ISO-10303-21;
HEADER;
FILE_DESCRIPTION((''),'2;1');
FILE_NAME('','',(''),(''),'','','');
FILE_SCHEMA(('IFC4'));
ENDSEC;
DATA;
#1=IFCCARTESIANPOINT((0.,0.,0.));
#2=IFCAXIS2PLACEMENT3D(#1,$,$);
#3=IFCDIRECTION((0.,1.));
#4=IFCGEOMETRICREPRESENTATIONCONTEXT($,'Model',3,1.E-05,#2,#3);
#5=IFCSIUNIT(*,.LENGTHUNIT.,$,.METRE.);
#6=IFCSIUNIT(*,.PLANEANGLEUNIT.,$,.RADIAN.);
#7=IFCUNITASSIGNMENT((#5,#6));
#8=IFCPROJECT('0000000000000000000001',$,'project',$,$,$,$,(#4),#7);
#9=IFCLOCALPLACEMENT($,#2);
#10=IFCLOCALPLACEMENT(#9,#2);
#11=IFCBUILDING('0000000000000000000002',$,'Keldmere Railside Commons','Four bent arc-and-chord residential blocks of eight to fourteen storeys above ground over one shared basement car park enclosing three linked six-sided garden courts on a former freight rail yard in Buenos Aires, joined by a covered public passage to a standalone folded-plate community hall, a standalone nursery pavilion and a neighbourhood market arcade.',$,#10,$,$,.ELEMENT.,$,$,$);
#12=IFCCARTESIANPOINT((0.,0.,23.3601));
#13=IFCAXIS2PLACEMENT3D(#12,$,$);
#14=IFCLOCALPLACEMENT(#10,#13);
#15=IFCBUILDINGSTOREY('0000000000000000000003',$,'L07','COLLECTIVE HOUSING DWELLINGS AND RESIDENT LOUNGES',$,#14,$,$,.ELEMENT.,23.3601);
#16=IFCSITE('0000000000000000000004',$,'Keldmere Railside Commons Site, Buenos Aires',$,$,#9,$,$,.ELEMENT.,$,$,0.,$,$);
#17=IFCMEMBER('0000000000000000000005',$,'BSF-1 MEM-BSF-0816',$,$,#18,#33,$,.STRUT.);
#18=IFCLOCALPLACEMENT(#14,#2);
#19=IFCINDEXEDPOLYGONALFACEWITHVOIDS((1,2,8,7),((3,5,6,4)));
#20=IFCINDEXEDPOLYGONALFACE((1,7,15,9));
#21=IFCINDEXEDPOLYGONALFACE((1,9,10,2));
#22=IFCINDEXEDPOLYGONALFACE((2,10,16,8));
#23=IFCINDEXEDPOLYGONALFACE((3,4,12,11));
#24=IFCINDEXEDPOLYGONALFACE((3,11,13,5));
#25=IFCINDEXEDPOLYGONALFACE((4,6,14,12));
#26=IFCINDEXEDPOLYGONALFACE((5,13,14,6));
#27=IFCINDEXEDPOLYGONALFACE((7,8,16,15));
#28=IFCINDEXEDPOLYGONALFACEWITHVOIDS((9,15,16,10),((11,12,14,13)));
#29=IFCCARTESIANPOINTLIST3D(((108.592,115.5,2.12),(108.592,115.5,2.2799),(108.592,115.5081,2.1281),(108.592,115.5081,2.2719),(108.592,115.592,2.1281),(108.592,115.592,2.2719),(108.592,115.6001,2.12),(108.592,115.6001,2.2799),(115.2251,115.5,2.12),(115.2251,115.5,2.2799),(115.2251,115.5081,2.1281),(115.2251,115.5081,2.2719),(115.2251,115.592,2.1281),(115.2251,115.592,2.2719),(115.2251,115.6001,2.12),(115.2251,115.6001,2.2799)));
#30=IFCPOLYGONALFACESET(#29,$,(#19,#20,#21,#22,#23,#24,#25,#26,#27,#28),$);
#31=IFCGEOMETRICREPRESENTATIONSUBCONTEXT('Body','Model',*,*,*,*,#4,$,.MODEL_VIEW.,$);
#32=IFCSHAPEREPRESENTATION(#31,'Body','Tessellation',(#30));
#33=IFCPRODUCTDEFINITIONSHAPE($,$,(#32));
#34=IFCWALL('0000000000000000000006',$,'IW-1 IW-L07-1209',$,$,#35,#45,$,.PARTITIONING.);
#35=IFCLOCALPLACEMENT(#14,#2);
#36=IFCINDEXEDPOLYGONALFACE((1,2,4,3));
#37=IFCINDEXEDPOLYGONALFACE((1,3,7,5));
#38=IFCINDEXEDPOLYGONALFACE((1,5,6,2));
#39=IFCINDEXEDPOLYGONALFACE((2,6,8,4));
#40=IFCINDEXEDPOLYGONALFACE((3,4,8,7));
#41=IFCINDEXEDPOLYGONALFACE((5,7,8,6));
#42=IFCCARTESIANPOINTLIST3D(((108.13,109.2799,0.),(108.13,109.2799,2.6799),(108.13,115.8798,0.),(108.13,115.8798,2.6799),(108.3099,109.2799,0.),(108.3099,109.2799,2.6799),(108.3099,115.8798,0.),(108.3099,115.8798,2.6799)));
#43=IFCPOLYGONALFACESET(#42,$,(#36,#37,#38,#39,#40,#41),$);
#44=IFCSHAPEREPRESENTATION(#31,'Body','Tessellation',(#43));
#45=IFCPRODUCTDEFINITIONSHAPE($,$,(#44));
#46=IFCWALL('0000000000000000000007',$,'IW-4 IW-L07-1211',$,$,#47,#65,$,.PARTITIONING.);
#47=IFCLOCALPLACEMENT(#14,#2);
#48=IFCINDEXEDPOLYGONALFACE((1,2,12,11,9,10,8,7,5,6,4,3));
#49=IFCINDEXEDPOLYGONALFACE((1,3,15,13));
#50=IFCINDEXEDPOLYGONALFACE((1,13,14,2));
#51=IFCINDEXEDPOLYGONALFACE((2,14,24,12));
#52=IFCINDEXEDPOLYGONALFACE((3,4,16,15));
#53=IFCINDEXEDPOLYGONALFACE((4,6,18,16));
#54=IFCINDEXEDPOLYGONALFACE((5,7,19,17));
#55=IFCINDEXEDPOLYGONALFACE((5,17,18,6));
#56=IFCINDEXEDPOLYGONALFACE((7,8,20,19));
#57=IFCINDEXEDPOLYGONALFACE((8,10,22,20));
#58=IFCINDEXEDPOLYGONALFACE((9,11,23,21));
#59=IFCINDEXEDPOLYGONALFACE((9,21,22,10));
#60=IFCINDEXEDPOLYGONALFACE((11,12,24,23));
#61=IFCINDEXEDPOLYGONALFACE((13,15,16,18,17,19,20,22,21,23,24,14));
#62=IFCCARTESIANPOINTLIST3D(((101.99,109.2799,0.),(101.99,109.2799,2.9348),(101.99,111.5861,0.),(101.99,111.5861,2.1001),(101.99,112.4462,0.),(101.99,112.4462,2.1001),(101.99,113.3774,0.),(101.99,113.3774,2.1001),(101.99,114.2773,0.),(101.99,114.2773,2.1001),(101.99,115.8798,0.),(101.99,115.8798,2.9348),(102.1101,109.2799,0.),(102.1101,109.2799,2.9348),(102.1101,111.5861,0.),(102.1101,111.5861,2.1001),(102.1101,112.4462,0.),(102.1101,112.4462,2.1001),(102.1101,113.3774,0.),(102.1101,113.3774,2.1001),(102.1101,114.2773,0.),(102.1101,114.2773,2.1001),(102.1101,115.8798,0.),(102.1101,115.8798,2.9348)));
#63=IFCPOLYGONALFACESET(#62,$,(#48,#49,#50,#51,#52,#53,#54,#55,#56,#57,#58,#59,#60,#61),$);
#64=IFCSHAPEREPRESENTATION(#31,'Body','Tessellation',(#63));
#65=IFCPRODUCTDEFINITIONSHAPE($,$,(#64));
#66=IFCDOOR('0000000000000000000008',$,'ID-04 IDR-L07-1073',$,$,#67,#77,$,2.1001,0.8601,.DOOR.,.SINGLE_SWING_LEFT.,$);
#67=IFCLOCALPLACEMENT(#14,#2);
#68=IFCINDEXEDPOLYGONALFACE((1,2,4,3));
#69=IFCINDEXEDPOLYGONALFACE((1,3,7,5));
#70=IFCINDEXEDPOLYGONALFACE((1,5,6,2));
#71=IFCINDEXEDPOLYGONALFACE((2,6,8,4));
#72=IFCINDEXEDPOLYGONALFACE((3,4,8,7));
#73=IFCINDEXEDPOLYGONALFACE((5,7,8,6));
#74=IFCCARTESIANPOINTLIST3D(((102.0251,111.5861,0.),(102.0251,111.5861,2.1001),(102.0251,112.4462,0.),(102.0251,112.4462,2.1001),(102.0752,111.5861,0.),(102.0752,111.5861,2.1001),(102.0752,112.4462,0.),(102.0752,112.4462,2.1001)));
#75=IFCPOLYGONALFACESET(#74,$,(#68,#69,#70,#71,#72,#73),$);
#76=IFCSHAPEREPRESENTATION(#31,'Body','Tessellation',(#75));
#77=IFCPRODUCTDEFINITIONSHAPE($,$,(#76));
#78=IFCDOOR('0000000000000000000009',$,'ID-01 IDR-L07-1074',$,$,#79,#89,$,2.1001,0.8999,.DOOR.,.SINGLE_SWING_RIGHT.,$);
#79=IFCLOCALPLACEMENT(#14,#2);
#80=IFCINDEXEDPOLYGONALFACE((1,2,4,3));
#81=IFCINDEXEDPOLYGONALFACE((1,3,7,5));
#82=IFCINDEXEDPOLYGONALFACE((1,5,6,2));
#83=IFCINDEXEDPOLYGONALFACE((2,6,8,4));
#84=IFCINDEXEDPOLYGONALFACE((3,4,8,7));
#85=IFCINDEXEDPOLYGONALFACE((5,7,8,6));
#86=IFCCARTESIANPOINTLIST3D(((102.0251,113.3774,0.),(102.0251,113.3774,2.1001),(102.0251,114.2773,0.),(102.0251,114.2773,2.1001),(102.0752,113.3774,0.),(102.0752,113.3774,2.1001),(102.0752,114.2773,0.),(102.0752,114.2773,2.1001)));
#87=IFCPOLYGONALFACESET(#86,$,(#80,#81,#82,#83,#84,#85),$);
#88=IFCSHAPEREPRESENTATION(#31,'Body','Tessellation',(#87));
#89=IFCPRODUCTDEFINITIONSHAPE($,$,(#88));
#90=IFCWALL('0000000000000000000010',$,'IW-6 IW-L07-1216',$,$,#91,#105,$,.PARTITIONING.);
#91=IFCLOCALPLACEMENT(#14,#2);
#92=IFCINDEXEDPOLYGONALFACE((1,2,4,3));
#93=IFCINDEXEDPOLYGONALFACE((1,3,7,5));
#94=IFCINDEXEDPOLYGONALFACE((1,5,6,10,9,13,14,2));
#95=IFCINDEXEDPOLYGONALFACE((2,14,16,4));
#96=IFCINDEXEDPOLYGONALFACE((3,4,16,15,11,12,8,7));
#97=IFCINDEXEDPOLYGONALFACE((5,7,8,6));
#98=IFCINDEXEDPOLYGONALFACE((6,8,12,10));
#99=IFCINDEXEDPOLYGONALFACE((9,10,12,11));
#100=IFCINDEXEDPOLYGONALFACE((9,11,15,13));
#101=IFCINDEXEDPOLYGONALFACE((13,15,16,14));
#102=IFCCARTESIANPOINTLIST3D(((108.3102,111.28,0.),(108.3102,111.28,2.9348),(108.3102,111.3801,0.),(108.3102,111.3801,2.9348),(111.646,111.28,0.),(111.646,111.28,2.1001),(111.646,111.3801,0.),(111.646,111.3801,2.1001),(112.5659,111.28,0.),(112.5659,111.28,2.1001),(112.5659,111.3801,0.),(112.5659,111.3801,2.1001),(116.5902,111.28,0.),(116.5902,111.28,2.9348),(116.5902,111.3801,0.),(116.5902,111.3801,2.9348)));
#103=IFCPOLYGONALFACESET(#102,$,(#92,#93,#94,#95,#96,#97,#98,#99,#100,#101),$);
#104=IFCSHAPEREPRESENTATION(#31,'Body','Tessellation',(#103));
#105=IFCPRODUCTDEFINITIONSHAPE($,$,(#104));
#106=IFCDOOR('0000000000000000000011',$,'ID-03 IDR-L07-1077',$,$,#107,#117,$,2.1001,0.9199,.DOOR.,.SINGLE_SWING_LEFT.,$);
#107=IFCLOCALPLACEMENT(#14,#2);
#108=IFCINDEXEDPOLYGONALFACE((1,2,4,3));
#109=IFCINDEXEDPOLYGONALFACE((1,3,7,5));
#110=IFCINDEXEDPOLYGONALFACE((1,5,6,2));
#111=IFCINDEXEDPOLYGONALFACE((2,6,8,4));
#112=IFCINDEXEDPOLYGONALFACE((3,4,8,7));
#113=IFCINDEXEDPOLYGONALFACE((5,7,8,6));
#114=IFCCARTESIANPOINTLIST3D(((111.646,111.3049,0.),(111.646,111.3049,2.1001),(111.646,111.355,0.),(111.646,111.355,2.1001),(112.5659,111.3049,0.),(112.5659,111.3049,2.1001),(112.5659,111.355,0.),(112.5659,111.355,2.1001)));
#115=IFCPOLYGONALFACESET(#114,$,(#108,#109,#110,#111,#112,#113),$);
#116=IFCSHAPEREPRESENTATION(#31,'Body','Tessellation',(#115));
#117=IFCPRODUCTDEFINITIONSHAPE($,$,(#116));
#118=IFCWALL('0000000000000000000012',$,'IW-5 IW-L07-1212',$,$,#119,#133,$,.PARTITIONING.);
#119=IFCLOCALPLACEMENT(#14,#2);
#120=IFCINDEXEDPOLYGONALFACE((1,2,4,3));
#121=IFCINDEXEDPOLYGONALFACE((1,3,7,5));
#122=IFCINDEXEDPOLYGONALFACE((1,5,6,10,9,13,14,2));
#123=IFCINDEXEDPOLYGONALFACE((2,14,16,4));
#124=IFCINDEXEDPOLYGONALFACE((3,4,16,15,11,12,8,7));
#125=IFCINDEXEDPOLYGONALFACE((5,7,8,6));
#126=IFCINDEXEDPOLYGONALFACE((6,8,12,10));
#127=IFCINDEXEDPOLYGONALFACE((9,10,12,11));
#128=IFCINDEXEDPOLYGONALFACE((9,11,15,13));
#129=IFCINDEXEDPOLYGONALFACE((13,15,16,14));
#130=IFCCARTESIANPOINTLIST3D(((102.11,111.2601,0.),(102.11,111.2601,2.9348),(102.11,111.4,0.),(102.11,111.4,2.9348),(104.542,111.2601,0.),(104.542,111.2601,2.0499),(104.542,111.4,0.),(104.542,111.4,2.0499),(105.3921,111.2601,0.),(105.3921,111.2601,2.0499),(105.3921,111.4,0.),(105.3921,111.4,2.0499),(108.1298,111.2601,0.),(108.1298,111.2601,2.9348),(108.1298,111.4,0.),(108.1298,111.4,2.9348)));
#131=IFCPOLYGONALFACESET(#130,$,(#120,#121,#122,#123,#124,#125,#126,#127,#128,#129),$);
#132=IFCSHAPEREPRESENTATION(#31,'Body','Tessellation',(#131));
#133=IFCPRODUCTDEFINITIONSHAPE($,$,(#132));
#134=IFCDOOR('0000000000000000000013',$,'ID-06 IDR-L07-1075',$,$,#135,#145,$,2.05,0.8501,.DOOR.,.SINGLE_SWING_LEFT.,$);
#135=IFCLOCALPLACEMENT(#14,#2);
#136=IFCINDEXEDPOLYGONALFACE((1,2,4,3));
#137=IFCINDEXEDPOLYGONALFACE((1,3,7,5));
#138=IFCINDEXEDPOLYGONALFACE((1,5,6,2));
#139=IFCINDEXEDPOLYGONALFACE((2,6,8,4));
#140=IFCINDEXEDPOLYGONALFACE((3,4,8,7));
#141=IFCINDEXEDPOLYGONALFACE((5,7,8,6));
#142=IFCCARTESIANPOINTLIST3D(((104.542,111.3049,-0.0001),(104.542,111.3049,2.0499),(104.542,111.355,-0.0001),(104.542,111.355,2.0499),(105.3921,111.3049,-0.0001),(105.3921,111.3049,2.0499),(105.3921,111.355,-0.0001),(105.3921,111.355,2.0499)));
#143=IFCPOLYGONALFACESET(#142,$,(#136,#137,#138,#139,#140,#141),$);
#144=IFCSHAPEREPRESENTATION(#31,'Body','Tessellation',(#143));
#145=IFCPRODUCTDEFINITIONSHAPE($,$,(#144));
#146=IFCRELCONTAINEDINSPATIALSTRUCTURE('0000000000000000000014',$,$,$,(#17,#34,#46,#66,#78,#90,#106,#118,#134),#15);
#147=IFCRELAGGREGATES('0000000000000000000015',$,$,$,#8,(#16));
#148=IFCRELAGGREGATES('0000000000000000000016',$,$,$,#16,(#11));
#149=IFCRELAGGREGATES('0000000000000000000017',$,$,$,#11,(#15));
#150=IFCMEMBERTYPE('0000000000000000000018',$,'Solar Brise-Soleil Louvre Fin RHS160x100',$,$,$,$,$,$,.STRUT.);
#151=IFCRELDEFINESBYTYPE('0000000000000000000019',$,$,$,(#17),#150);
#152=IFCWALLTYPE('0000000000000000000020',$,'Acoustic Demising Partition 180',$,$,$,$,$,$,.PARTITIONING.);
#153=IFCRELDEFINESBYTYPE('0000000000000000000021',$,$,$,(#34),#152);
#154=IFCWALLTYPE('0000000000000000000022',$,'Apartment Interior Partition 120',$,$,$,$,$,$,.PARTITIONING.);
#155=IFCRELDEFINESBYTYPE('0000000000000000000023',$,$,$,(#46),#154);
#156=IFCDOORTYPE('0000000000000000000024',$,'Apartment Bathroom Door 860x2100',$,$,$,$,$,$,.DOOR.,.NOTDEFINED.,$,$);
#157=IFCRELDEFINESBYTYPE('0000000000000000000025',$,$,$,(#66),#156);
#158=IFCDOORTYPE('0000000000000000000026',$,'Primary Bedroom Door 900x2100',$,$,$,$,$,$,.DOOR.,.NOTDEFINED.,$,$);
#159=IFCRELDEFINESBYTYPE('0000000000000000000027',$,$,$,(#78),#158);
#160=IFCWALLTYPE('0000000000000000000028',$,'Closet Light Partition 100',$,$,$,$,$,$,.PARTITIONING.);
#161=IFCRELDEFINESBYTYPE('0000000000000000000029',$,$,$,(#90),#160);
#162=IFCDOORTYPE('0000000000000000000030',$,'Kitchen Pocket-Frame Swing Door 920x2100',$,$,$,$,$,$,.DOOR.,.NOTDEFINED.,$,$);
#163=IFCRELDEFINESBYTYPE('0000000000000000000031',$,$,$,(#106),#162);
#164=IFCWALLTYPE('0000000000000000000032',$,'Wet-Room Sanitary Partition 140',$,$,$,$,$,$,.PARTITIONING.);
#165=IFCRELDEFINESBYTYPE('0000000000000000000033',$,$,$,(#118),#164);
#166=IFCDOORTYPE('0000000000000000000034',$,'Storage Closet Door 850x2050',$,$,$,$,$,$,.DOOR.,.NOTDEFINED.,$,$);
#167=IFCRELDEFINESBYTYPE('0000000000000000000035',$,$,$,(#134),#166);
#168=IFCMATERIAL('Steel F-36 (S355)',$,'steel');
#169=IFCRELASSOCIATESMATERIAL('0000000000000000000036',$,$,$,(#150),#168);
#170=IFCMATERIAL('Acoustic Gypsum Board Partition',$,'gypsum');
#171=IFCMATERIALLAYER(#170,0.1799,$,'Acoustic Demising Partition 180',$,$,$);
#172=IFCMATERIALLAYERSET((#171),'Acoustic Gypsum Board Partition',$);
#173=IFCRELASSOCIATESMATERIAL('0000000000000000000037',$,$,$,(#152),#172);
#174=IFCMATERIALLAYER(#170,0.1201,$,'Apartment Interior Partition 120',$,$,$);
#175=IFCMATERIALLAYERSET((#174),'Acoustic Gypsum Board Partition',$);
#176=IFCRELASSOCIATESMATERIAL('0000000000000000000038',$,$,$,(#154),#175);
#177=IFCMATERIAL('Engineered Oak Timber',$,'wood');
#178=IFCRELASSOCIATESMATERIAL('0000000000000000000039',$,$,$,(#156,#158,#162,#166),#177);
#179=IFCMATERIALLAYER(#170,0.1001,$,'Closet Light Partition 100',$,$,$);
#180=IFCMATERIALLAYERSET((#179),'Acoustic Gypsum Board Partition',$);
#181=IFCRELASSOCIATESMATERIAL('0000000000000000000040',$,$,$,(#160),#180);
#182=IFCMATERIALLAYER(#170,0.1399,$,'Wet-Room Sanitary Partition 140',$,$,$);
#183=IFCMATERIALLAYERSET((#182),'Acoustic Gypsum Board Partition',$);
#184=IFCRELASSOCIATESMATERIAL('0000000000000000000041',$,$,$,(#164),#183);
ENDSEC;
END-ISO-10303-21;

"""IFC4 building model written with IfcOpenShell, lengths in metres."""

from ifc_helpers import new_model, si_unit, direction, frame, frame_2d, origin, origin_2d, place, context, subcontext, project, spatial, rectangle, hollow_rectangle, extrude, material, layer, layer_set, material_profile, profile_set, type_object, element, fill, save


model = new_model("IFC4")

# Units and contexts
model_context = context("Model", 3, precision=1e-05, world=origin(), true_north=direction((0.0, 1.0)))
body_context = subcontext(model_context, "Body", "Model", "MODEL_VIEW")
ifc_project = project(units=[si_unit("LENGTHUNIT", "METRE"), si_unit("PLANEANGLEUNIT", "RADIAN")], contexts=[model_context])

# Site, building, storey
site_placement = place(None, origin())
site = spatial("IfcSite", under=ifc_project, at=site_placement, Name="Keldmere Railside Commons Site, Buenos Aires", CompositionType="ELEMENT", RefElevation=0.0)
building_placement = place(site_placement, origin())
building = spatial("IfcBuilding", under=site, at=building_placement, Name="Keldmere Railside Commons", Description="Four bent arc-and-chord residential blocks of eight to fourteen storeys above ground over one shared basement car park enclosing three linked six-sided garden courts on a former freight rail yard in Buenos Aires, joined by a covered public passage to a standalone folded-plate community hall, a standalone nursery pavilion and a neighbourhood market arcade.", CompositionType="ELEMENT")
storey_placement = place(building_placement, frame((0.0, 0.0, 23.3601)))
storey = spatial("IfcBuildingStorey", under=building, at=storey_placement, Name="L07", Description="COLLECTIVE HOUSING DWELLINGS AND RESIDENT LOUNGES", CompositionType="ELEMENT", Elevation=23.3601)

# Shared definitions
ifc_material_1 = material(Name="Steel F-36 (S355)", Category="steel")

# Member
ifc_material_profile_1 = material_profile(ifc_material_1, hollow_rectangle(XDim=0.1001, YDim=0.1599, WallThickness=0.0081, at=origin_2d()), Name="RHS-160x100x8")
ifc_profile_set_1 = profile_set([ifc_material_profile_1], Name="Steel F-36 (S355)")
member_type_1 = type_object("IfcMemberType", Name="Solar Brise-Soleil Louvre Fin RHS160x100", PredefinedType="STRUT", material=ifc_profile_set_1)
member_1_placement = place(storey_placement, frame((108.592, 115.55, 2.2), z_axis=(1.0, 0.0, 0.0), x_axis=(0.0, 1.0, 0.0)))
element("IfcMember", 1, at=member_1_placement, inside=storey, type_object=member_type_1, Name="BSF-1 MEM-BSF-0816", PredefinedType="STRUT", context=body_context, shape_type="SweptSolid", body=[
    extrude(hollow_rectangle(XDim=0.1001, YDim=0.1599, WallThickness=0.0081, at=origin_2d()), origin(), (0.0, 0.0, 1.0), 6.6331),
])

# Wall
ifc_material_2 = material(Name="Acoustic Gypsum Board Partition", Category="gypsum")
ifc_layer_1 = layer(ifc_material_2, 0.1799, Name="Acoustic Demising Partition 180")
ifc_layer_set_1 = layer_set([ifc_layer_1], Name="Acoustic Gypsum Board Partition")
wall_type_1 = type_object("IfcWallType", Name="Acoustic Demising Partition 180", PredefinedType="PARTITIONING", material=ifc_layer_set_1)
wall_1_placement = place(storey_placement, frame((108.22, 109.28, 0.0), z_axis=(0.0, 0.0, 1.0), x_axis=(0.0, 1.0, 0.0)))
element("IfcWall", 2, at=wall_1_placement, inside=storey, type_object=wall_type_1, Name="IW-1 IW-L07-1209", PredefinedType="PARTITIONING", context=body_context, shape_type="SweptSolid", body=[
    extrude(rectangle(XDim=6.5999, YDim=0.1799, at=frame_2d((3.2998, 0.0))), origin(), (0.0, 0.0, 1.0), 2.6799),
])

# Wall, openings, doors
ifc_layer_2 = layer(ifc_material_2, 0.1201, Name="Apartment Interior Partition 120")
ifc_layer_set_2 = layer_set([ifc_layer_2], Name="Acoustic Gypsum Board Partition")
wall_type_2 = type_object("IfcWallType", Name="Apartment Interior Partition 120", PredefinedType="PARTITIONING", material=ifc_layer_set_2)
wall_2_placement = place(storey_placement, frame((102.05, 109.28, 0.0), z_axis=(0.0, 0.0, 1.0), x_axis=(0.0, 1.0, 0.0)))
wall_2 = element("IfcWall", 3, at=wall_2_placement, inside=storey, type_object=wall_type_2, Name="IW-4 IW-L07-1211", PredefinedType="PARTITIONING", context=body_context, shape_type="SweptSolid", body=[
    extrude(rectangle(XDim=6.5999, YDim=0.1201, at=frame_2d((3.2998, 0.0))), origin(), (0.0, 0.0, 1.0), 2.9348),
])
opening_1_placement = place(wall_2_placement, frame((2.3059, 0.0, 0.0)))
opening_1 = element("IfcOpeningElement", 4, at=opening_1_placement, cuts=wall_2, PredefinedType="OPENING", context=body_context, shape_type="SweptSolid", body=[
    extrude(rectangle(XDim=0.8601, YDim=2.1001, at=frame_2d((0.4302, 1.05))), frame((0.0, 0.0701, 0.0), z_axis=(0.0, -1.0, 0.0), x_axis=(1.0, 0.0, 0.0)), (0.0, 0.0, 1.0), 0.1401),
])
opening_2_placement = place(wall_2_placement, frame((4.0974, 0.0, 0.0)))
opening_2 = element("IfcOpeningElement", 5, at=opening_2_placement, cuts=wall_2, PredefinedType="OPENING", context=body_context, shape_type="SweptSolid", body=[
    extrude(rectangle(XDim=0.8999, YDim=2.1001, at=frame_2d((0.45, 1.05))), frame((0.0, 0.0701, 0.0), z_axis=(0.0, -1.0, 0.0), x_axis=(1.0, 0.0, 0.0)), (0.0, 0.0, 1.0), 0.1401),
])
ifc_material_3 = material(Name="Engineered Oak Timber", Category="wood")
door_type_1 = type_object("IfcDoorType", Name="Apartment Bathroom Door 860x2100", OperationType="NOTDEFINED", PredefinedType="DOOR", material=ifc_material_3)
door_1_placement = place(opening_1_placement, origin())
door_1 = element("IfcDoor", 6, at=door_1_placement, inside=storey, type_object=door_type_1, Name="ID-04 IDR-L07-1073", OperationType="SINGLE_SWING_LEFT", OverallHeight=2.1001, OverallWidth=0.8601, PredefinedType="DOOR", context=body_context, shape_type="SweptSolid", body=[
    extrude(rectangle(XDim=0.8601, YDim=2.1001, at=frame_2d((0.4302, 1.05))), frame((0.0, 0.0249, 0.0), z_axis=(0.0, -1.0, 0.0), x_axis=(1.0, 0.0, 0.0)), (0.0, 0.0, 1.0), 0.05),
])
fill(opening_1, door_1)
door_type_2 = type_object("IfcDoorType", Name="Primary Bedroom Door 900x2100", OperationType="NOTDEFINED", PredefinedType="DOOR", material=ifc_material_3)
door_2_placement = place(opening_2_placement, origin())
door_2 = element("IfcDoor", 7, at=door_2_placement, inside=storey, type_object=door_type_2, Name="ID-01 IDR-L07-1074", OperationType="SINGLE_SWING_RIGHT", OverallHeight=2.1001, OverallWidth=0.8999, PredefinedType="DOOR", context=body_context, shape_type="SweptSolid", body=[
    extrude(rectangle(XDim=0.8999, YDim=2.1001, at=frame_2d((0.45, 1.05))), frame((0.0, 0.0249, 0.0), z_axis=(0.0, -1.0, 0.0), x_axis=(1.0, 0.0, 0.0)), (0.0, 0.0, 1.0), 0.05),
])
fill(opening_2, door_2)

# Walls, openings, doors
ifc_layer_3 = layer(ifc_material_2, 0.1001, Name="Closet Light Partition 100")
ifc_layer_set_3 = layer_set([ifc_layer_3], Name="Acoustic Gypsum Board Partition")
wall_type_3 = type_object("IfcWallType", Name="Closet Light Partition 100", PredefinedType="PARTITIONING", material=ifc_layer_set_3)
wall_3_placement = place(storey_placement, frame((108.3101, 111.3301, 0.0), z_axis=(0.0, 0.0, 1.0), x_axis=(1.0, 0.0, 0.0)))
wall_3 = element("IfcWall", 8, at=wall_3_placement, inside=storey, type_object=wall_type_3, Name="IW-6 IW-L07-1216", PredefinedType="PARTITIONING", context=body_context, shape_type="SweptSolid", body=[
    extrude(rectangle(XDim=8.28, YDim=0.1001, at=frame_2d((4.1401, 0.0))), origin(), (0.0, 0.0, 1.0), 2.9348),
])
opening_3_placement = place(wall_3_placement, frame((3.3359, 0.0, 0.0)))
opening_3 = element("IfcOpeningElement", 9, at=opening_3_placement, cuts=wall_3, PredefinedType="OPENING", context=body_context, shape_type="SweptSolid", body=[
    extrude(rectangle(XDim=0.9199, YDim=2.1001, at=frame_2d((0.46, 1.05))), frame((0.0, 0.0601, 0.0), z_axis=(0.0, -1.0, 0.0), x_axis=(1.0, 0.0, 0.0)), (0.0, 0.0, 1.0), 0.1201),
])
door_type_3 = type_object("IfcDoorType", Name="Kitchen Pocket-Frame Swing Door 920x2100", OperationType="NOTDEFINED", PredefinedType="DOOR", material=ifc_material_3)
door_3_placement = place(opening_3_placement, origin())
door_3 = element("IfcDoor", 10, at=door_3_placement, inside=storey, type_object=door_type_3, Name="ID-03 IDR-L07-1077", OperationType="SINGLE_SWING_LEFT", OverallHeight=2.1001, OverallWidth=0.9199, PredefinedType="DOOR", context=body_context, shape_type="SweptSolid", body=[
    extrude(rectangle(XDim=0.9199, YDim=2.1001, at=frame_2d((0.46, 1.05))), frame((0.0, 0.0249, 0.0), z_axis=(0.0, -1.0, 0.0), x_axis=(1.0, 0.0, 0.0)), (0.0, 0.0, 1.0), 0.05),
])
fill(opening_3, door_3)
ifc_layer_4 = layer(ifc_material_2, 0.1399, Name="Wet-Room Sanitary Partition 140")
ifc_layer_set_4 = layer_set([ifc_layer_4], Name="Acoustic Gypsum Board Partition")
wall_type_4 = type_object("IfcWallType", Name="Wet-Room Sanitary Partition 140", PredefinedType="PARTITIONING", material=ifc_layer_set_4)
wall_4_placement = place(storey_placement, frame((102.1101, 111.3301, 0.0), z_axis=(0.0, 0.0, 1.0), x_axis=(1.0, 0.0, 0.0)))
wall_4 = element("IfcWall", 11, at=wall_4_placement, inside=storey, type_object=wall_type_4, Name="IW-5 IW-L07-1212", PredefinedType="PARTITIONING", context=body_context, shape_type="SweptSolid", body=[
    extrude(rectangle(XDim=6.0198, YDim=0.1399, at=frame_2d((3.0098, 0.0))), origin(), (0.0, 0.0, 1.0), 2.9348),
])
opening_4_placement = place(wall_4_placement, frame((2.4319, 0.0, 0.0)))
opening_4 = element("IfcOpeningElement", 12, at=opening_4_placement, cuts=wall_4, PredefinedType="OPENING", context=body_context, shape_type="SweptSolid", body=[
    extrude(rectangle(XDim=0.8501, YDim=2.05, at=frame_2d((0.425, 1.0249))), frame((0.0, 0.0798, 0.0), z_axis=(0.0, -1.0, 0.0), x_axis=(1.0, 0.0, 0.0)), (0.0, 0.0, 1.0), 0.1599),
])
door_type_4 = type_object("IfcDoorType", Name="Storage Closet Door 850x2050", OperationType="NOTDEFINED", PredefinedType="DOOR", material=ifc_material_3)
door_4_placement = place(opening_4_placement, origin())
door_4 = element("IfcDoor", 13, at=door_4_placement, inside=storey, type_object=door_type_4, Name="ID-06 IDR-L07-1075", OperationType="SINGLE_SWING_LEFT", OverallHeight=2.05, OverallWidth=0.8501, PredefinedType="DOOR", context=body_context, shape_type="SweptSolid", body=[
    extrude(rectangle(XDim=0.8501, YDim=2.05, at=frame_2d((0.425, 1.0249))), frame((0.0, 0.0249, 0.0), z_axis=(0.0, -1.0, 0.0), x_axis=(1.0, 0.0, 0.0)), (0.0, 0.0, 1.0), 0.05),
])
fill(opening_4, door_4)

save(model, "model.ifc")
